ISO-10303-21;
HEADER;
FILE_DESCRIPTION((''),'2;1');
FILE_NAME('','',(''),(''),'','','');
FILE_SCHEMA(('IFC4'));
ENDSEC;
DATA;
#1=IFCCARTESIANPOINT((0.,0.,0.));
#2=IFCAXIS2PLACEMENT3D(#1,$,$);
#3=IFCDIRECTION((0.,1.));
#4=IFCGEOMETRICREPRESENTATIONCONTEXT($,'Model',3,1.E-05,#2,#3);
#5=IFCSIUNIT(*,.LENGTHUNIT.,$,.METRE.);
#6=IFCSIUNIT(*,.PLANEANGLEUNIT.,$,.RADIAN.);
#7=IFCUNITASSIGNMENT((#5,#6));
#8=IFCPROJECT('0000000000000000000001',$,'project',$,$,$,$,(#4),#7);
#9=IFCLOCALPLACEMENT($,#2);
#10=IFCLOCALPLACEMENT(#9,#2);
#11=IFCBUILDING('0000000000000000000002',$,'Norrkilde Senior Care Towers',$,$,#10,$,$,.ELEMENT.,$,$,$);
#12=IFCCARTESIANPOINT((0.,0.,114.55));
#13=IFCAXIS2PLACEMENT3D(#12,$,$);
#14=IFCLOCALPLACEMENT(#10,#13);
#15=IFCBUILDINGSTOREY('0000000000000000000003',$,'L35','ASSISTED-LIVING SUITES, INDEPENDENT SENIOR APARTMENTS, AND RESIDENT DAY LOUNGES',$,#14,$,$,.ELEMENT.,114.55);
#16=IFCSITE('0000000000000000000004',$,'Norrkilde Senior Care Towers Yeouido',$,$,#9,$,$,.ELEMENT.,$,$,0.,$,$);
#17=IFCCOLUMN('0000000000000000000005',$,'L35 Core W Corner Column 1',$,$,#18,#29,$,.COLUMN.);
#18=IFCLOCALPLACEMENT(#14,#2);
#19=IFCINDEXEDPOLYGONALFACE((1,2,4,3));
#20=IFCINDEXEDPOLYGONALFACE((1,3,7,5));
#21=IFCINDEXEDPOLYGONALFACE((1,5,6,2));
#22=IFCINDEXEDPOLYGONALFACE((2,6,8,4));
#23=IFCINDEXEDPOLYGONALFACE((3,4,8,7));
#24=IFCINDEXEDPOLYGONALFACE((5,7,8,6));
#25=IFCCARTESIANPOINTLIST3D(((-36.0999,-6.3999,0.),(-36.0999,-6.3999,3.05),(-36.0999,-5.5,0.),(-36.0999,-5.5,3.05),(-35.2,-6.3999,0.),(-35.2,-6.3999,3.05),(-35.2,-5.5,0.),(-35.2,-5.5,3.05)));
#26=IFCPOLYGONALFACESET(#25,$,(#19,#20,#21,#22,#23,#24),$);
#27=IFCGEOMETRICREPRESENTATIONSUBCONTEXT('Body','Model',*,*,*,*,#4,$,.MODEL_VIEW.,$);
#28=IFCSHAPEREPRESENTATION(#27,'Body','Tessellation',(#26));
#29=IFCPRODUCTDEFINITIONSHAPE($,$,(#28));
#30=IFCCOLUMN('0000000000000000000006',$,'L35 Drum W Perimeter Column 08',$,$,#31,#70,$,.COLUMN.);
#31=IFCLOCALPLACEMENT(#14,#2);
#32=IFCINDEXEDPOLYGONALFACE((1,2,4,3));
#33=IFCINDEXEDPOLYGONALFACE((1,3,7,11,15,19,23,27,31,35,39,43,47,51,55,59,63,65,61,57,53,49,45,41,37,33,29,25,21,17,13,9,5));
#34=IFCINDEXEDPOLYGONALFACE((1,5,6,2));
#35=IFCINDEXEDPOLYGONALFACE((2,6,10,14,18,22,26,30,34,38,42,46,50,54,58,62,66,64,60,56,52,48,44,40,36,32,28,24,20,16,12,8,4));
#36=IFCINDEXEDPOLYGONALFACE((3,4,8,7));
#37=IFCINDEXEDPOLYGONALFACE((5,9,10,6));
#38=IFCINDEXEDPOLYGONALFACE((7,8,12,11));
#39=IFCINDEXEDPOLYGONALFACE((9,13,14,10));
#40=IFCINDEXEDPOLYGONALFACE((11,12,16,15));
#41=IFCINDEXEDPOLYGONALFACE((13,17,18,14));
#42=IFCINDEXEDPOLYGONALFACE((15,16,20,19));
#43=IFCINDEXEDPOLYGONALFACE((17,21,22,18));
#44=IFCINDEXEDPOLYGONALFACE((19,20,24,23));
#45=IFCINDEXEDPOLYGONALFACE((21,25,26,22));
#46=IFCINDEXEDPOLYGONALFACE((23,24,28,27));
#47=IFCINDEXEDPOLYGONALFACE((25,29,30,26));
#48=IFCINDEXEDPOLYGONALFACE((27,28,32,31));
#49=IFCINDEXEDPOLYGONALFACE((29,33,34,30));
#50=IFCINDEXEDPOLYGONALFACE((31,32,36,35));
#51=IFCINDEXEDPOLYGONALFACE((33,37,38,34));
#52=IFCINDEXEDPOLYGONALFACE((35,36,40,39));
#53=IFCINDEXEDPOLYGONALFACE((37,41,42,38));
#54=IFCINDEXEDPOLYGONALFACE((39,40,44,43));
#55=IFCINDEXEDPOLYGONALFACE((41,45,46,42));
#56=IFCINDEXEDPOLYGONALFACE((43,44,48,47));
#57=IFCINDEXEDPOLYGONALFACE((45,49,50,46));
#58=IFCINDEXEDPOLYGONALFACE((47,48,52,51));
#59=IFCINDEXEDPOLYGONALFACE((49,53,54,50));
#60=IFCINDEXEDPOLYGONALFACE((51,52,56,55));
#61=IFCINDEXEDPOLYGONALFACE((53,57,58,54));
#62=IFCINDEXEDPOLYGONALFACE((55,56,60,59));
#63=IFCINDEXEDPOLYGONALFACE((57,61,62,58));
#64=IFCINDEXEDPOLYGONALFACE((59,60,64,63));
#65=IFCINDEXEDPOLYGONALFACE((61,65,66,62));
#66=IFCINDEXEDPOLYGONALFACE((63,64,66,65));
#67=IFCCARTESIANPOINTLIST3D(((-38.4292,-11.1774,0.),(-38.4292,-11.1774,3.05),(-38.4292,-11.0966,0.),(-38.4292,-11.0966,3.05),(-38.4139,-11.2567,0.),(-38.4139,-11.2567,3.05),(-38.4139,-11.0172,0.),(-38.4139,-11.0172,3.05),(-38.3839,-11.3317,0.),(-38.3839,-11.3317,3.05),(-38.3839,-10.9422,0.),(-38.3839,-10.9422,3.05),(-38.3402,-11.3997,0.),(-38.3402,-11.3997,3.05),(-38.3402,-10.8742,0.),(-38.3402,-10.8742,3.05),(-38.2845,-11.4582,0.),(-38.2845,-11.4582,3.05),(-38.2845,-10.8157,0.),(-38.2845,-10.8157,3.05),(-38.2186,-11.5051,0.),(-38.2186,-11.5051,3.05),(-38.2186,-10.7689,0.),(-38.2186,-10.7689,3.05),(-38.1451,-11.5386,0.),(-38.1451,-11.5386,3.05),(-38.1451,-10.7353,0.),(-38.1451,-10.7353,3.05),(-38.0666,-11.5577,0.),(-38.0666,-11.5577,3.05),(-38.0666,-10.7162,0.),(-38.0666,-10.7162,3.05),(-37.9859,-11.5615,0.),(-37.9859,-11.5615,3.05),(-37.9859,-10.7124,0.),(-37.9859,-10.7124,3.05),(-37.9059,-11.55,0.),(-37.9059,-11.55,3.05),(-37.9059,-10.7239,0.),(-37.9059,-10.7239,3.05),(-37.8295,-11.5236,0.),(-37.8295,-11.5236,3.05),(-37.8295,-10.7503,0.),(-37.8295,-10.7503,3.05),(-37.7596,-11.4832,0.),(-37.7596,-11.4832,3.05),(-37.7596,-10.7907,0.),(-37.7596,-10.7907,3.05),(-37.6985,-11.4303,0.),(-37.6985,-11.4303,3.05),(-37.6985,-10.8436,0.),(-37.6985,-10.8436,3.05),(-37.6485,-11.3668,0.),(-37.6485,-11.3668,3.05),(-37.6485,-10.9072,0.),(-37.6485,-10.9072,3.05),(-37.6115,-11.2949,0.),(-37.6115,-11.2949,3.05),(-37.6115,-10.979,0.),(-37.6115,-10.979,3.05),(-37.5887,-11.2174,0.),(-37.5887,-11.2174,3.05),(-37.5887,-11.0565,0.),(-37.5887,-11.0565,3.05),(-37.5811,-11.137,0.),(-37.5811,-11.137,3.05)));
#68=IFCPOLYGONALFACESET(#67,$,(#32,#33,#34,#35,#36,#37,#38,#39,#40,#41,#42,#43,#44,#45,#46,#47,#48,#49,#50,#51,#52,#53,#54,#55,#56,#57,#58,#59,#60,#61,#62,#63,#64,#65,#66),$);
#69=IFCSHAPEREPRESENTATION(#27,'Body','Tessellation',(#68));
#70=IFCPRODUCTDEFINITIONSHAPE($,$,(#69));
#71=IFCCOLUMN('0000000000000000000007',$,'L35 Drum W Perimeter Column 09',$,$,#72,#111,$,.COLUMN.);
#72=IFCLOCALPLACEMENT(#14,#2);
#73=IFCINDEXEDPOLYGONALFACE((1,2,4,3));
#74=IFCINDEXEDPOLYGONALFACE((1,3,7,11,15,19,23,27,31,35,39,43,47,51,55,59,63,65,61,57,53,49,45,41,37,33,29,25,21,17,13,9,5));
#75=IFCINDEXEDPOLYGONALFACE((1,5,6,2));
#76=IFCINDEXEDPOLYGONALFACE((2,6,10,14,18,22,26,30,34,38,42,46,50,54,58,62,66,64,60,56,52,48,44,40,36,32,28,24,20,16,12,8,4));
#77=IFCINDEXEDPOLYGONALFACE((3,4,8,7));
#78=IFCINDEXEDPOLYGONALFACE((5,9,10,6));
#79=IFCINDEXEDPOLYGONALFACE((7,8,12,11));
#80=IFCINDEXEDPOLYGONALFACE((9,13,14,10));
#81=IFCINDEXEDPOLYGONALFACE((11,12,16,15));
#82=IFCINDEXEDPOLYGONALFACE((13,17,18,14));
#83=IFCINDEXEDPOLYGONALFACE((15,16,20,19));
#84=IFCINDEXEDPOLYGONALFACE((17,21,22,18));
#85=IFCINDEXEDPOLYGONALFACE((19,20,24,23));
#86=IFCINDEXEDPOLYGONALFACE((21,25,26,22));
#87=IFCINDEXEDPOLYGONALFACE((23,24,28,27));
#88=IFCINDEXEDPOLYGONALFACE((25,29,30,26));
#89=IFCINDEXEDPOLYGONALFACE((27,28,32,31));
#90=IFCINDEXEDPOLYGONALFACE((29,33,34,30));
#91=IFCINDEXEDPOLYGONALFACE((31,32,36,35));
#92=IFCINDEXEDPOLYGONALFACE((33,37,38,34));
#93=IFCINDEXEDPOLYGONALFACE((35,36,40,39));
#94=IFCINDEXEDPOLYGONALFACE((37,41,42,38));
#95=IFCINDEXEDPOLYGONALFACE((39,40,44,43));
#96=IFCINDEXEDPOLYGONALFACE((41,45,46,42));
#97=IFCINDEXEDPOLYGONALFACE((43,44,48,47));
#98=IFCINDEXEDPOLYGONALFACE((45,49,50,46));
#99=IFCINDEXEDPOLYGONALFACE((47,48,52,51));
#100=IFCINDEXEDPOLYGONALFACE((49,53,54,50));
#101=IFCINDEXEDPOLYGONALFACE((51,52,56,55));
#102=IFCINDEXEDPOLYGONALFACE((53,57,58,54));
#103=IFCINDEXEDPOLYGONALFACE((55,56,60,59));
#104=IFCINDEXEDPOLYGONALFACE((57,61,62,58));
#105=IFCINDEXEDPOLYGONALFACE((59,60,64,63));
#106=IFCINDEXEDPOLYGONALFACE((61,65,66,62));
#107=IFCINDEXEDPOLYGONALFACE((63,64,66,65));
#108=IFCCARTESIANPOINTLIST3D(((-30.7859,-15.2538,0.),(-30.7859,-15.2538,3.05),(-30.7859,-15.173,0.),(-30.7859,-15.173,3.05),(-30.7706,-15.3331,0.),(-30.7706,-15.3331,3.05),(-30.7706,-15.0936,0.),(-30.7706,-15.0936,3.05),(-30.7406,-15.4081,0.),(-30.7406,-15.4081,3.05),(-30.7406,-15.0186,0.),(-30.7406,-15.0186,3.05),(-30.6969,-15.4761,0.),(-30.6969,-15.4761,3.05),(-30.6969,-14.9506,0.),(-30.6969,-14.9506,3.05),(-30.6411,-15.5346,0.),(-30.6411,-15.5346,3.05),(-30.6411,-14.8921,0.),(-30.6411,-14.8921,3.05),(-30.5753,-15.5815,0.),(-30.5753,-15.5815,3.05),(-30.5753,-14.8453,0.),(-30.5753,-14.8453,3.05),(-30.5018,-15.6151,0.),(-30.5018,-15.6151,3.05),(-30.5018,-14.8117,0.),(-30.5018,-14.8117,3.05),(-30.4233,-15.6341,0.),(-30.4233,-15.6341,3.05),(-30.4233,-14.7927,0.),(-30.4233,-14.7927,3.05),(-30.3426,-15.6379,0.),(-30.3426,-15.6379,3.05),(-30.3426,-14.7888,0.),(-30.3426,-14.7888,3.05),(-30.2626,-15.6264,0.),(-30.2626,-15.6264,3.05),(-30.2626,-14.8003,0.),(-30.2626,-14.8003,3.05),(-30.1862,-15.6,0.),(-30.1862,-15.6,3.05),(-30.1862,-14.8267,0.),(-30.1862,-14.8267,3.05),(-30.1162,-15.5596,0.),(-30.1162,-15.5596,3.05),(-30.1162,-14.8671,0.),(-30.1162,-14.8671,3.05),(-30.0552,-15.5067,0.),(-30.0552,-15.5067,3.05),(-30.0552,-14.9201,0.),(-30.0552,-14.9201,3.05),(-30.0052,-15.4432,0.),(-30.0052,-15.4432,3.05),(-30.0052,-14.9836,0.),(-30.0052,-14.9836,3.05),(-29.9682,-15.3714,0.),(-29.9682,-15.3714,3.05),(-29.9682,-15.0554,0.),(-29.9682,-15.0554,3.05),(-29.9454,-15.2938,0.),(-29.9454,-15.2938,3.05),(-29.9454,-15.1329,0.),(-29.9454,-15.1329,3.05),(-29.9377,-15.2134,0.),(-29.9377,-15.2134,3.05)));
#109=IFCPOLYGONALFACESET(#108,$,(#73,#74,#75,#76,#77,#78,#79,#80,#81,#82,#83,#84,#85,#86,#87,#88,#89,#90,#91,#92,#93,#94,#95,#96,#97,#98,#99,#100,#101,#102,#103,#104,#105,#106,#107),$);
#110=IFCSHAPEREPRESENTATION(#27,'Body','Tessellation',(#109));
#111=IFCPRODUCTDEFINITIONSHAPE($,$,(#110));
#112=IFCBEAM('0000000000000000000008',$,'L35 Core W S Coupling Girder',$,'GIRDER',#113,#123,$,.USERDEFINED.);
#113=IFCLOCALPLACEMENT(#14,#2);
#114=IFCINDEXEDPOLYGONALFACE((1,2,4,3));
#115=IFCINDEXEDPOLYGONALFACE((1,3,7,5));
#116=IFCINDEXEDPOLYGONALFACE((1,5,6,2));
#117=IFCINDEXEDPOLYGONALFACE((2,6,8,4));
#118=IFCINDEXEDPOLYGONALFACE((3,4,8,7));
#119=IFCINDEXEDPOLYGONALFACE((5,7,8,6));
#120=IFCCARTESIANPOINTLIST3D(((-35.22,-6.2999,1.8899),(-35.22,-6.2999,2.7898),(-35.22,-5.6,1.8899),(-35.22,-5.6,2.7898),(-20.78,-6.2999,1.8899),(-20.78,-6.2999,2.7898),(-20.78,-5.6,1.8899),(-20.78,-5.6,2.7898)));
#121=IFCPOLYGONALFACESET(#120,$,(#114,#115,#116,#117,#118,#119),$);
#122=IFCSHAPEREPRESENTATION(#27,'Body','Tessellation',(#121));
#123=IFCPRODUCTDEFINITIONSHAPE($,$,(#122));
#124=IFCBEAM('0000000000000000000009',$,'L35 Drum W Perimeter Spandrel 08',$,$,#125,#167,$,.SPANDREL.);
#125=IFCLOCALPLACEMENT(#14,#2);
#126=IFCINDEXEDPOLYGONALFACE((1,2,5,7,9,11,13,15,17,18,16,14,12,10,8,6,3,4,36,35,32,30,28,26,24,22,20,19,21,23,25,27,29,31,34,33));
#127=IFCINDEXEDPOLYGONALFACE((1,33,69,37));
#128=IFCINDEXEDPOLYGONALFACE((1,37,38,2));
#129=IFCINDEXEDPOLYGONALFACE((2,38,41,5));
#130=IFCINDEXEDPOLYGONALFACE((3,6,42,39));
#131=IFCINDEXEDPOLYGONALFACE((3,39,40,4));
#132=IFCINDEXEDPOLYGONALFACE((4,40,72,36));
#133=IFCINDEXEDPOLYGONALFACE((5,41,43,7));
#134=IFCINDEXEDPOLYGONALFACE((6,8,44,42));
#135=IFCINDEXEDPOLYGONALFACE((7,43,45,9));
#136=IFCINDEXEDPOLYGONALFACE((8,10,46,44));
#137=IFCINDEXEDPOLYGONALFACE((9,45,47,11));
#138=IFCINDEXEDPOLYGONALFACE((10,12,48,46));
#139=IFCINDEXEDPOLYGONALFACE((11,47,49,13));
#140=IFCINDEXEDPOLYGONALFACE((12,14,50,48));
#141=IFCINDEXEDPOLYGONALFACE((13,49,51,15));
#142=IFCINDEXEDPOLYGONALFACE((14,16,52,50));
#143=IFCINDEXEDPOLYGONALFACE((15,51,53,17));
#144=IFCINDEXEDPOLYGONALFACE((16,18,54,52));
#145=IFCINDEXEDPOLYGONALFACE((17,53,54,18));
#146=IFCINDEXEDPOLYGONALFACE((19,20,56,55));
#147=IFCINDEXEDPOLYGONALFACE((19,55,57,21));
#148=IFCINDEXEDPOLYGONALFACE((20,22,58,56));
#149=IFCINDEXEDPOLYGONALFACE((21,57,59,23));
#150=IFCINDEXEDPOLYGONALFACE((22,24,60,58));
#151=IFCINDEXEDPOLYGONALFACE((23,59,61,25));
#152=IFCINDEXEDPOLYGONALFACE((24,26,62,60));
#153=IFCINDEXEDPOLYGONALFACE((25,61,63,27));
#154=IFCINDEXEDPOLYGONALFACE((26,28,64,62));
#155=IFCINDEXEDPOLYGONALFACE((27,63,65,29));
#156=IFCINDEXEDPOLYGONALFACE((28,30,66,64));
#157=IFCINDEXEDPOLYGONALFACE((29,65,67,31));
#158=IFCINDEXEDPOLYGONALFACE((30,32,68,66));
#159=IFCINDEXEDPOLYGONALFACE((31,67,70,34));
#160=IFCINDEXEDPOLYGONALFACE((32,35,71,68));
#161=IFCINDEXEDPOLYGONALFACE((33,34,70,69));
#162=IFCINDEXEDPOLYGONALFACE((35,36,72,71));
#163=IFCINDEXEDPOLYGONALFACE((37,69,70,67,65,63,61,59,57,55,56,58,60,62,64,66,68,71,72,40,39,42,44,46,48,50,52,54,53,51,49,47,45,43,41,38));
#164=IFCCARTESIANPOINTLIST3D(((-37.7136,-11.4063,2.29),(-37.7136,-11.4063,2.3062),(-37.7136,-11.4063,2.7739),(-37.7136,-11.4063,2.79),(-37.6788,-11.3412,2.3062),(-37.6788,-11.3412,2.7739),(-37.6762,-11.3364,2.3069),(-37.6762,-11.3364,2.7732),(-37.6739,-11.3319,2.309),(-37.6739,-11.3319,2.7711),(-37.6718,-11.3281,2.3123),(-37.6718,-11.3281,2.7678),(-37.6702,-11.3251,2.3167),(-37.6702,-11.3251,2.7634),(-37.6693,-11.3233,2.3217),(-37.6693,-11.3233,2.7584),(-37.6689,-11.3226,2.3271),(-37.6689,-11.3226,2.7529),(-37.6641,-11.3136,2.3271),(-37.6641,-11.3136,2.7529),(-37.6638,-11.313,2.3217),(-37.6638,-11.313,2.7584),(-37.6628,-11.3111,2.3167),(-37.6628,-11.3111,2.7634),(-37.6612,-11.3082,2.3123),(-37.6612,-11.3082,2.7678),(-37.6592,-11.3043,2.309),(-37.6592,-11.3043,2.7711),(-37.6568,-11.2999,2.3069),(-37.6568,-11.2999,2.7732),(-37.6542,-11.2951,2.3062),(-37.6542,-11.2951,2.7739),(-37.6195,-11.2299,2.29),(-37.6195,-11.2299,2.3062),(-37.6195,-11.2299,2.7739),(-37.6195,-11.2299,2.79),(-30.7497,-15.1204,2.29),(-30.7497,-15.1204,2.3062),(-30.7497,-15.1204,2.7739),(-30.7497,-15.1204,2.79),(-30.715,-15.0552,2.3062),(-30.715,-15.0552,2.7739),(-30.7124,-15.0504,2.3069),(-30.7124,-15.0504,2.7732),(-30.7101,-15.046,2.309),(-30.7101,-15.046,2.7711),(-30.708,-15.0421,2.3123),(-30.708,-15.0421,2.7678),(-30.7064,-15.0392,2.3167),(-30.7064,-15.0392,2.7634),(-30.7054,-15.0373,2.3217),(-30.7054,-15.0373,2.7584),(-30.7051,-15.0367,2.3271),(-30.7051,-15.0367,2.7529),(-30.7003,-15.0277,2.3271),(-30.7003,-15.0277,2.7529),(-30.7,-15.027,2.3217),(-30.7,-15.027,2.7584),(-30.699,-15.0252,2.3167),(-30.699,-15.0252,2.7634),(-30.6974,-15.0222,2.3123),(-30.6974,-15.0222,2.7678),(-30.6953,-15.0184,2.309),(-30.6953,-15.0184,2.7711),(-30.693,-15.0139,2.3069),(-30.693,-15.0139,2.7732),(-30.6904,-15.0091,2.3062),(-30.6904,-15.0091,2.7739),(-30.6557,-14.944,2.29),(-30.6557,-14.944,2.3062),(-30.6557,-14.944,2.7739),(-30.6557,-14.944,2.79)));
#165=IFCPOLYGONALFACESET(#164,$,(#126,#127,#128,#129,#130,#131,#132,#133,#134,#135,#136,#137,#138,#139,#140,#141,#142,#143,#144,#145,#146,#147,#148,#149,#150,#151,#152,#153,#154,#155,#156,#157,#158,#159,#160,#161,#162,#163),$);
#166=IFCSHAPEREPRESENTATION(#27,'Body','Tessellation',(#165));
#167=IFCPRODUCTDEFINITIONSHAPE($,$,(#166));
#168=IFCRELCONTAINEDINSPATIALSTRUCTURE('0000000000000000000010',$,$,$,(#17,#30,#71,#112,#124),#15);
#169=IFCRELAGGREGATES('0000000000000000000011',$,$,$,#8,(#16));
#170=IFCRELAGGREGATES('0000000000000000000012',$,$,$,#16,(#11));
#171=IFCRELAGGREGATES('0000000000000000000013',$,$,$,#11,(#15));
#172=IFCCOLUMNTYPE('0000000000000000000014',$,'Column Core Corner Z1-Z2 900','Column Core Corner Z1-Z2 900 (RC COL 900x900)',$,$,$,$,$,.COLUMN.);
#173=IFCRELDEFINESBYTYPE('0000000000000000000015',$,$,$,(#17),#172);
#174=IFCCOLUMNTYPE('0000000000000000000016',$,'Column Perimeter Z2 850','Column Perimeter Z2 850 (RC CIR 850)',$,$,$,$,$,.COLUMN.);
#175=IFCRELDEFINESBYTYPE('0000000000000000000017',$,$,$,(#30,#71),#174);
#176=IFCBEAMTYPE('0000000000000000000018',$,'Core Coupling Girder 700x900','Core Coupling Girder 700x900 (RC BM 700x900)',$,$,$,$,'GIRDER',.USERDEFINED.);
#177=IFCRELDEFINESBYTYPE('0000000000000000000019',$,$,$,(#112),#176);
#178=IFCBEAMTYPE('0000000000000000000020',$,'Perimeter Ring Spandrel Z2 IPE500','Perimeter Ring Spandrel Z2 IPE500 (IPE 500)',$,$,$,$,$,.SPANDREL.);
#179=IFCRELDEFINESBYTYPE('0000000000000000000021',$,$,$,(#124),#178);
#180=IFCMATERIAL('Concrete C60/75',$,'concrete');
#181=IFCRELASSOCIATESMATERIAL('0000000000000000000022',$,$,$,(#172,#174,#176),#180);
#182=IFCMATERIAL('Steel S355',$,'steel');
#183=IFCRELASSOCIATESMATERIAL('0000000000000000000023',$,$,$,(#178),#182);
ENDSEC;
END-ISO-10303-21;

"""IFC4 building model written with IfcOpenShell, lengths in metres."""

from ifc_helpers import new_model, si_unit, direction, frame, origin, origin_2d, place, context, subcontext, project, spatial, rectangle, circle, i_section, extrude, source, transform, mapped, material, material_profile, profile_set, type_object, type_shapes, element, save


model = new_model("IFC4")

# Units and contexts
model_context = context("Model", 3, precision=1e-05, world=origin(), true_north=direction((0.0, 1.0)))
body_context = subcontext(model_context, "Body", "Model", "MODEL_VIEW")
ifc_project = project(units=[si_unit("LENGTHUNIT", "METRE"), si_unit("PLANEANGLEUNIT", "RADIAN")], contexts=[model_context])

# Site, building, storey
site_placement = place(None, origin())
site = spatial("IfcSite", under=ifc_project, at=site_placement, Name="Norrkilde Senior Care Towers Yeouido", CompositionType="ELEMENT", RefElevation=0.0)
building_placement = place(site_placement, origin())
building = spatial("IfcBuilding", under=site, at=building_placement, Name="Norrkilde Senior Care Towers", CompositionType="ELEMENT")
storey_placement = place(building_placement, frame((0.0, 0.0, 114.55)))
storey = spatial("IfcBuildingStorey", under=building, at=storey_placement, Name="L35", Description="ASSISTED-LIVING SUITES, INDEPENDENT SENIOR APARTMENTS, AND RESIDENT DAY LOUNGES", CompositionType="ELEMENT", Elevation=114.55)

# Columns
ifc_material_1 = material(Name="Concrete C60/75", Category="concrete")
ifc_material_profile_1 = material_profile(ifc_material_1, rectangle(XDim=0.8999, YDim=0.8999, at=origin_2d()), Name="RC COL 900x900")
ifc_profile_set_1 = profile_set([ifc_material_profile_1], Name="Concrete C60/75")
column_type_1 = type_object("IfcColumnType", Name="Column Core Corner Z1-Z2 900", Description="Column Core Corner Z1-Z2 900 (RC COL 900x900)", PredefinedType="COLUMN", material=ifc_profile_set_1)
shared_shape_1 = source(origin(), body_context, "Body", "SweptSolid", [
    extrude(rectangle(XDim=0.8999, YDim=0.8999, at=origin_2d()), origin(), (0.0, 0.0, 1.0), 3.05),
])
type_shapes(column_type_1, [shared_shape_1])
column_placement = place(storey_placement, frame((-35.6499, -5.95, 0.0), z_axis=(0.0, 0.0, 1.0), x_axis=(1.0, 0.0, 0.0)))
element("IfcColumn", 1, at=column_placement, inside=storey, type_object=column_type_1, Name="L35 Core W Corner Column 1", PredefinedType="COLUMN", context=body_context, shape_type="MappedRepresentation", body=[
    mapped(shared_shape_1, transform((0.0, 0.0, 0.0), x_axis=(1.0, 0.0, 0.0), y_axis=(0.0, 1.0, 0.0), z_axis=(0.0, 0.0, 1.0), scale=1.0)),
])
ifc_material_profile_2 = material_profile(ifc_material_1, circle(Radius=0.425, at=origin_2d()), Name="RC CIR 850")
ifc_profile_set_2 = profile_set([ifc_material_profile_2], Name="Concrete C60/75")
column_type_2 = type_object("IfcColumnType", Name="Column Perimeter Z2 850", Description="Column Perimeter Z2 850 (RC CIR 850)", PredefinedType="COLUMN", material=ifc_profile_set_2)
shared_shape_2 = source(origin(), body_context, "Body", "SweptSolid", [
    extrude(circle(Radius=0.425, at=origin_2d()), origin(), (0.0, 0.0, 1.0), 3.05),
])
type_shapes(column_type_2, [shared_shape_2])
for number, where, z_axis, x_axis, name in (
    (2, (-38.0061, -11.137, 0.0), (0.0, 0.0, 1.0), (1.0, 0.0, 0.0), "L35 Drum W Perimeter Column 08"),
    (3, (-30.3628, -15.2134, 0.0), (0.0, 0.0, 1.0), (1.0, 0.0, 0.0), "L35 Drum W Perimeter Column 09"),
):
    element("IfcColumn", number, at=place(storey_placement, frame(where, z_axis=z_axis, x_axis=x_axis)), inside=storey, type_object=column_type_2, Name=name, PredefinedType="COLUMN", context=body_context, shape_type="MappedRepresentation", body=[
        mapped(shared_shape_2, transform((0.0, 0.0, 0.0), x_axis=(1.0, 0.0, 0.0), y_axis=(0.0, 1.0, 0.0), z_axis=(0.0, 0.0, 1.0), scale=1.0)),
    ])

# Beams
ifc_material_profile_3 = material_profile(ifc_material_1, rectangle(XDim=0.7, YDim=0.8999, at=origin_2d()), Name="RC BM 700x900")
ifc_profile_set_3 = profile_set([ifc_material_profile_3], Name="Concrete C60/75")
beam_type_1 = type_object("IfcBeamType", Name="Core Coupling Girder 700x900", Description="Core Coupling Girder 700x900 (RC BM 700x900)", ElementType="GIRDER", PredefinedType="USERDEFINED", material=ifc_profile_set_3)
shared_shape_3 = source(origin(), body_context, "Body", "SweptSolid", [
    extrude(rectangle(XDim=0.7, YDim=0.8999, at=origin_2d()), origin(), (0.0, 0.0, 1.0), 14.4399),
])
type_shapes(beam_type_1, [shared_shape_3])
beam_1_placement = place(storey_placement, frame((-35.22, -5.95, 2.3398), z_axis=(1.0, 0.0, 0.0), x_axis=(0.0, 1.0, 0.0)))
element("IfcBeam", 4, at=beam_1_placement, inside=storey, type_object=beam_type_1, Name="L35 Core W S Coupling Girder", ObjectType="GIRDER", PredefinedType="USERDEFINED", context=body_context, shape_type="MappedRepresentation", body=[
    mapped(shared_shape_3, transform((0.0, 0.0, 0.0), x_axis=(1.0, 0.0, 0.0), y_axis=(0.0, 1.0, 0.0), z_axis=(0.0, 0.0, 1.0), scale=1.0)),
])
ifc_material_2 = material(Name="Steel S355", Category="steel")
ifc_material_profile_4 = material_profile(ifc_material_2, i_section(OverallWidth=0.2, OverallDepth=0.5, WebThickness=0.0103, FlangeThickness=0.0161, FilletRadius=0.021, at=origin_2d()), Name="IPE 500")
ifc_profile_set_4 = profile_set([ifc_material_profile_4], Name="Steel S355")
beam_type_2 = type_object("IfcBeamType", Name="Perimeter Ring Spandrel Z2 IPE500", Description="Perimeter Ring Spandrel Z2 IPE500 (IPE 500)", PredefinedType="SPANDREL", material=ifc_profile_set_4)
shared_shape_4 = source(origin(), body_context, "Body", "SweptSolid", [
    extrude(i_section(OverallWidth=0.2, OverallDepth=0.5, WebThickness=0.0103, FlangeThickness=0.0161, FilletRadius=0.021, at=origin_2d()), origin(), (0.0, 0.0, 1.0), 7.8923),
])
beam_2_placement = place(storey_placement, frame((-37.6665, -11.3181, 2.54), z_axis=(0.88235, -0.470593, 0.0), x_axis=(0.470593, 0.88235, 0.0)))
element("IfcBeam", 5, at=beam_2_placement, inside=storey, type_object=beam_type_2, Name="L35 Drum W Perimeter Spandrel 08", PredefinedType="SPANDREL", context=body_context, shape_type="MappedRepresentation", body=[
    mapped(shared_shape_4, transform((0.0, 0.0, 0.0), x_axis=(1.0, 0.0, 0.0), y_axis=(0.0, 1.0, 0.0), z_axis=(0.0, 0.0, 1.0), scale=1.0)),
])

save(model, "model.ifc")
